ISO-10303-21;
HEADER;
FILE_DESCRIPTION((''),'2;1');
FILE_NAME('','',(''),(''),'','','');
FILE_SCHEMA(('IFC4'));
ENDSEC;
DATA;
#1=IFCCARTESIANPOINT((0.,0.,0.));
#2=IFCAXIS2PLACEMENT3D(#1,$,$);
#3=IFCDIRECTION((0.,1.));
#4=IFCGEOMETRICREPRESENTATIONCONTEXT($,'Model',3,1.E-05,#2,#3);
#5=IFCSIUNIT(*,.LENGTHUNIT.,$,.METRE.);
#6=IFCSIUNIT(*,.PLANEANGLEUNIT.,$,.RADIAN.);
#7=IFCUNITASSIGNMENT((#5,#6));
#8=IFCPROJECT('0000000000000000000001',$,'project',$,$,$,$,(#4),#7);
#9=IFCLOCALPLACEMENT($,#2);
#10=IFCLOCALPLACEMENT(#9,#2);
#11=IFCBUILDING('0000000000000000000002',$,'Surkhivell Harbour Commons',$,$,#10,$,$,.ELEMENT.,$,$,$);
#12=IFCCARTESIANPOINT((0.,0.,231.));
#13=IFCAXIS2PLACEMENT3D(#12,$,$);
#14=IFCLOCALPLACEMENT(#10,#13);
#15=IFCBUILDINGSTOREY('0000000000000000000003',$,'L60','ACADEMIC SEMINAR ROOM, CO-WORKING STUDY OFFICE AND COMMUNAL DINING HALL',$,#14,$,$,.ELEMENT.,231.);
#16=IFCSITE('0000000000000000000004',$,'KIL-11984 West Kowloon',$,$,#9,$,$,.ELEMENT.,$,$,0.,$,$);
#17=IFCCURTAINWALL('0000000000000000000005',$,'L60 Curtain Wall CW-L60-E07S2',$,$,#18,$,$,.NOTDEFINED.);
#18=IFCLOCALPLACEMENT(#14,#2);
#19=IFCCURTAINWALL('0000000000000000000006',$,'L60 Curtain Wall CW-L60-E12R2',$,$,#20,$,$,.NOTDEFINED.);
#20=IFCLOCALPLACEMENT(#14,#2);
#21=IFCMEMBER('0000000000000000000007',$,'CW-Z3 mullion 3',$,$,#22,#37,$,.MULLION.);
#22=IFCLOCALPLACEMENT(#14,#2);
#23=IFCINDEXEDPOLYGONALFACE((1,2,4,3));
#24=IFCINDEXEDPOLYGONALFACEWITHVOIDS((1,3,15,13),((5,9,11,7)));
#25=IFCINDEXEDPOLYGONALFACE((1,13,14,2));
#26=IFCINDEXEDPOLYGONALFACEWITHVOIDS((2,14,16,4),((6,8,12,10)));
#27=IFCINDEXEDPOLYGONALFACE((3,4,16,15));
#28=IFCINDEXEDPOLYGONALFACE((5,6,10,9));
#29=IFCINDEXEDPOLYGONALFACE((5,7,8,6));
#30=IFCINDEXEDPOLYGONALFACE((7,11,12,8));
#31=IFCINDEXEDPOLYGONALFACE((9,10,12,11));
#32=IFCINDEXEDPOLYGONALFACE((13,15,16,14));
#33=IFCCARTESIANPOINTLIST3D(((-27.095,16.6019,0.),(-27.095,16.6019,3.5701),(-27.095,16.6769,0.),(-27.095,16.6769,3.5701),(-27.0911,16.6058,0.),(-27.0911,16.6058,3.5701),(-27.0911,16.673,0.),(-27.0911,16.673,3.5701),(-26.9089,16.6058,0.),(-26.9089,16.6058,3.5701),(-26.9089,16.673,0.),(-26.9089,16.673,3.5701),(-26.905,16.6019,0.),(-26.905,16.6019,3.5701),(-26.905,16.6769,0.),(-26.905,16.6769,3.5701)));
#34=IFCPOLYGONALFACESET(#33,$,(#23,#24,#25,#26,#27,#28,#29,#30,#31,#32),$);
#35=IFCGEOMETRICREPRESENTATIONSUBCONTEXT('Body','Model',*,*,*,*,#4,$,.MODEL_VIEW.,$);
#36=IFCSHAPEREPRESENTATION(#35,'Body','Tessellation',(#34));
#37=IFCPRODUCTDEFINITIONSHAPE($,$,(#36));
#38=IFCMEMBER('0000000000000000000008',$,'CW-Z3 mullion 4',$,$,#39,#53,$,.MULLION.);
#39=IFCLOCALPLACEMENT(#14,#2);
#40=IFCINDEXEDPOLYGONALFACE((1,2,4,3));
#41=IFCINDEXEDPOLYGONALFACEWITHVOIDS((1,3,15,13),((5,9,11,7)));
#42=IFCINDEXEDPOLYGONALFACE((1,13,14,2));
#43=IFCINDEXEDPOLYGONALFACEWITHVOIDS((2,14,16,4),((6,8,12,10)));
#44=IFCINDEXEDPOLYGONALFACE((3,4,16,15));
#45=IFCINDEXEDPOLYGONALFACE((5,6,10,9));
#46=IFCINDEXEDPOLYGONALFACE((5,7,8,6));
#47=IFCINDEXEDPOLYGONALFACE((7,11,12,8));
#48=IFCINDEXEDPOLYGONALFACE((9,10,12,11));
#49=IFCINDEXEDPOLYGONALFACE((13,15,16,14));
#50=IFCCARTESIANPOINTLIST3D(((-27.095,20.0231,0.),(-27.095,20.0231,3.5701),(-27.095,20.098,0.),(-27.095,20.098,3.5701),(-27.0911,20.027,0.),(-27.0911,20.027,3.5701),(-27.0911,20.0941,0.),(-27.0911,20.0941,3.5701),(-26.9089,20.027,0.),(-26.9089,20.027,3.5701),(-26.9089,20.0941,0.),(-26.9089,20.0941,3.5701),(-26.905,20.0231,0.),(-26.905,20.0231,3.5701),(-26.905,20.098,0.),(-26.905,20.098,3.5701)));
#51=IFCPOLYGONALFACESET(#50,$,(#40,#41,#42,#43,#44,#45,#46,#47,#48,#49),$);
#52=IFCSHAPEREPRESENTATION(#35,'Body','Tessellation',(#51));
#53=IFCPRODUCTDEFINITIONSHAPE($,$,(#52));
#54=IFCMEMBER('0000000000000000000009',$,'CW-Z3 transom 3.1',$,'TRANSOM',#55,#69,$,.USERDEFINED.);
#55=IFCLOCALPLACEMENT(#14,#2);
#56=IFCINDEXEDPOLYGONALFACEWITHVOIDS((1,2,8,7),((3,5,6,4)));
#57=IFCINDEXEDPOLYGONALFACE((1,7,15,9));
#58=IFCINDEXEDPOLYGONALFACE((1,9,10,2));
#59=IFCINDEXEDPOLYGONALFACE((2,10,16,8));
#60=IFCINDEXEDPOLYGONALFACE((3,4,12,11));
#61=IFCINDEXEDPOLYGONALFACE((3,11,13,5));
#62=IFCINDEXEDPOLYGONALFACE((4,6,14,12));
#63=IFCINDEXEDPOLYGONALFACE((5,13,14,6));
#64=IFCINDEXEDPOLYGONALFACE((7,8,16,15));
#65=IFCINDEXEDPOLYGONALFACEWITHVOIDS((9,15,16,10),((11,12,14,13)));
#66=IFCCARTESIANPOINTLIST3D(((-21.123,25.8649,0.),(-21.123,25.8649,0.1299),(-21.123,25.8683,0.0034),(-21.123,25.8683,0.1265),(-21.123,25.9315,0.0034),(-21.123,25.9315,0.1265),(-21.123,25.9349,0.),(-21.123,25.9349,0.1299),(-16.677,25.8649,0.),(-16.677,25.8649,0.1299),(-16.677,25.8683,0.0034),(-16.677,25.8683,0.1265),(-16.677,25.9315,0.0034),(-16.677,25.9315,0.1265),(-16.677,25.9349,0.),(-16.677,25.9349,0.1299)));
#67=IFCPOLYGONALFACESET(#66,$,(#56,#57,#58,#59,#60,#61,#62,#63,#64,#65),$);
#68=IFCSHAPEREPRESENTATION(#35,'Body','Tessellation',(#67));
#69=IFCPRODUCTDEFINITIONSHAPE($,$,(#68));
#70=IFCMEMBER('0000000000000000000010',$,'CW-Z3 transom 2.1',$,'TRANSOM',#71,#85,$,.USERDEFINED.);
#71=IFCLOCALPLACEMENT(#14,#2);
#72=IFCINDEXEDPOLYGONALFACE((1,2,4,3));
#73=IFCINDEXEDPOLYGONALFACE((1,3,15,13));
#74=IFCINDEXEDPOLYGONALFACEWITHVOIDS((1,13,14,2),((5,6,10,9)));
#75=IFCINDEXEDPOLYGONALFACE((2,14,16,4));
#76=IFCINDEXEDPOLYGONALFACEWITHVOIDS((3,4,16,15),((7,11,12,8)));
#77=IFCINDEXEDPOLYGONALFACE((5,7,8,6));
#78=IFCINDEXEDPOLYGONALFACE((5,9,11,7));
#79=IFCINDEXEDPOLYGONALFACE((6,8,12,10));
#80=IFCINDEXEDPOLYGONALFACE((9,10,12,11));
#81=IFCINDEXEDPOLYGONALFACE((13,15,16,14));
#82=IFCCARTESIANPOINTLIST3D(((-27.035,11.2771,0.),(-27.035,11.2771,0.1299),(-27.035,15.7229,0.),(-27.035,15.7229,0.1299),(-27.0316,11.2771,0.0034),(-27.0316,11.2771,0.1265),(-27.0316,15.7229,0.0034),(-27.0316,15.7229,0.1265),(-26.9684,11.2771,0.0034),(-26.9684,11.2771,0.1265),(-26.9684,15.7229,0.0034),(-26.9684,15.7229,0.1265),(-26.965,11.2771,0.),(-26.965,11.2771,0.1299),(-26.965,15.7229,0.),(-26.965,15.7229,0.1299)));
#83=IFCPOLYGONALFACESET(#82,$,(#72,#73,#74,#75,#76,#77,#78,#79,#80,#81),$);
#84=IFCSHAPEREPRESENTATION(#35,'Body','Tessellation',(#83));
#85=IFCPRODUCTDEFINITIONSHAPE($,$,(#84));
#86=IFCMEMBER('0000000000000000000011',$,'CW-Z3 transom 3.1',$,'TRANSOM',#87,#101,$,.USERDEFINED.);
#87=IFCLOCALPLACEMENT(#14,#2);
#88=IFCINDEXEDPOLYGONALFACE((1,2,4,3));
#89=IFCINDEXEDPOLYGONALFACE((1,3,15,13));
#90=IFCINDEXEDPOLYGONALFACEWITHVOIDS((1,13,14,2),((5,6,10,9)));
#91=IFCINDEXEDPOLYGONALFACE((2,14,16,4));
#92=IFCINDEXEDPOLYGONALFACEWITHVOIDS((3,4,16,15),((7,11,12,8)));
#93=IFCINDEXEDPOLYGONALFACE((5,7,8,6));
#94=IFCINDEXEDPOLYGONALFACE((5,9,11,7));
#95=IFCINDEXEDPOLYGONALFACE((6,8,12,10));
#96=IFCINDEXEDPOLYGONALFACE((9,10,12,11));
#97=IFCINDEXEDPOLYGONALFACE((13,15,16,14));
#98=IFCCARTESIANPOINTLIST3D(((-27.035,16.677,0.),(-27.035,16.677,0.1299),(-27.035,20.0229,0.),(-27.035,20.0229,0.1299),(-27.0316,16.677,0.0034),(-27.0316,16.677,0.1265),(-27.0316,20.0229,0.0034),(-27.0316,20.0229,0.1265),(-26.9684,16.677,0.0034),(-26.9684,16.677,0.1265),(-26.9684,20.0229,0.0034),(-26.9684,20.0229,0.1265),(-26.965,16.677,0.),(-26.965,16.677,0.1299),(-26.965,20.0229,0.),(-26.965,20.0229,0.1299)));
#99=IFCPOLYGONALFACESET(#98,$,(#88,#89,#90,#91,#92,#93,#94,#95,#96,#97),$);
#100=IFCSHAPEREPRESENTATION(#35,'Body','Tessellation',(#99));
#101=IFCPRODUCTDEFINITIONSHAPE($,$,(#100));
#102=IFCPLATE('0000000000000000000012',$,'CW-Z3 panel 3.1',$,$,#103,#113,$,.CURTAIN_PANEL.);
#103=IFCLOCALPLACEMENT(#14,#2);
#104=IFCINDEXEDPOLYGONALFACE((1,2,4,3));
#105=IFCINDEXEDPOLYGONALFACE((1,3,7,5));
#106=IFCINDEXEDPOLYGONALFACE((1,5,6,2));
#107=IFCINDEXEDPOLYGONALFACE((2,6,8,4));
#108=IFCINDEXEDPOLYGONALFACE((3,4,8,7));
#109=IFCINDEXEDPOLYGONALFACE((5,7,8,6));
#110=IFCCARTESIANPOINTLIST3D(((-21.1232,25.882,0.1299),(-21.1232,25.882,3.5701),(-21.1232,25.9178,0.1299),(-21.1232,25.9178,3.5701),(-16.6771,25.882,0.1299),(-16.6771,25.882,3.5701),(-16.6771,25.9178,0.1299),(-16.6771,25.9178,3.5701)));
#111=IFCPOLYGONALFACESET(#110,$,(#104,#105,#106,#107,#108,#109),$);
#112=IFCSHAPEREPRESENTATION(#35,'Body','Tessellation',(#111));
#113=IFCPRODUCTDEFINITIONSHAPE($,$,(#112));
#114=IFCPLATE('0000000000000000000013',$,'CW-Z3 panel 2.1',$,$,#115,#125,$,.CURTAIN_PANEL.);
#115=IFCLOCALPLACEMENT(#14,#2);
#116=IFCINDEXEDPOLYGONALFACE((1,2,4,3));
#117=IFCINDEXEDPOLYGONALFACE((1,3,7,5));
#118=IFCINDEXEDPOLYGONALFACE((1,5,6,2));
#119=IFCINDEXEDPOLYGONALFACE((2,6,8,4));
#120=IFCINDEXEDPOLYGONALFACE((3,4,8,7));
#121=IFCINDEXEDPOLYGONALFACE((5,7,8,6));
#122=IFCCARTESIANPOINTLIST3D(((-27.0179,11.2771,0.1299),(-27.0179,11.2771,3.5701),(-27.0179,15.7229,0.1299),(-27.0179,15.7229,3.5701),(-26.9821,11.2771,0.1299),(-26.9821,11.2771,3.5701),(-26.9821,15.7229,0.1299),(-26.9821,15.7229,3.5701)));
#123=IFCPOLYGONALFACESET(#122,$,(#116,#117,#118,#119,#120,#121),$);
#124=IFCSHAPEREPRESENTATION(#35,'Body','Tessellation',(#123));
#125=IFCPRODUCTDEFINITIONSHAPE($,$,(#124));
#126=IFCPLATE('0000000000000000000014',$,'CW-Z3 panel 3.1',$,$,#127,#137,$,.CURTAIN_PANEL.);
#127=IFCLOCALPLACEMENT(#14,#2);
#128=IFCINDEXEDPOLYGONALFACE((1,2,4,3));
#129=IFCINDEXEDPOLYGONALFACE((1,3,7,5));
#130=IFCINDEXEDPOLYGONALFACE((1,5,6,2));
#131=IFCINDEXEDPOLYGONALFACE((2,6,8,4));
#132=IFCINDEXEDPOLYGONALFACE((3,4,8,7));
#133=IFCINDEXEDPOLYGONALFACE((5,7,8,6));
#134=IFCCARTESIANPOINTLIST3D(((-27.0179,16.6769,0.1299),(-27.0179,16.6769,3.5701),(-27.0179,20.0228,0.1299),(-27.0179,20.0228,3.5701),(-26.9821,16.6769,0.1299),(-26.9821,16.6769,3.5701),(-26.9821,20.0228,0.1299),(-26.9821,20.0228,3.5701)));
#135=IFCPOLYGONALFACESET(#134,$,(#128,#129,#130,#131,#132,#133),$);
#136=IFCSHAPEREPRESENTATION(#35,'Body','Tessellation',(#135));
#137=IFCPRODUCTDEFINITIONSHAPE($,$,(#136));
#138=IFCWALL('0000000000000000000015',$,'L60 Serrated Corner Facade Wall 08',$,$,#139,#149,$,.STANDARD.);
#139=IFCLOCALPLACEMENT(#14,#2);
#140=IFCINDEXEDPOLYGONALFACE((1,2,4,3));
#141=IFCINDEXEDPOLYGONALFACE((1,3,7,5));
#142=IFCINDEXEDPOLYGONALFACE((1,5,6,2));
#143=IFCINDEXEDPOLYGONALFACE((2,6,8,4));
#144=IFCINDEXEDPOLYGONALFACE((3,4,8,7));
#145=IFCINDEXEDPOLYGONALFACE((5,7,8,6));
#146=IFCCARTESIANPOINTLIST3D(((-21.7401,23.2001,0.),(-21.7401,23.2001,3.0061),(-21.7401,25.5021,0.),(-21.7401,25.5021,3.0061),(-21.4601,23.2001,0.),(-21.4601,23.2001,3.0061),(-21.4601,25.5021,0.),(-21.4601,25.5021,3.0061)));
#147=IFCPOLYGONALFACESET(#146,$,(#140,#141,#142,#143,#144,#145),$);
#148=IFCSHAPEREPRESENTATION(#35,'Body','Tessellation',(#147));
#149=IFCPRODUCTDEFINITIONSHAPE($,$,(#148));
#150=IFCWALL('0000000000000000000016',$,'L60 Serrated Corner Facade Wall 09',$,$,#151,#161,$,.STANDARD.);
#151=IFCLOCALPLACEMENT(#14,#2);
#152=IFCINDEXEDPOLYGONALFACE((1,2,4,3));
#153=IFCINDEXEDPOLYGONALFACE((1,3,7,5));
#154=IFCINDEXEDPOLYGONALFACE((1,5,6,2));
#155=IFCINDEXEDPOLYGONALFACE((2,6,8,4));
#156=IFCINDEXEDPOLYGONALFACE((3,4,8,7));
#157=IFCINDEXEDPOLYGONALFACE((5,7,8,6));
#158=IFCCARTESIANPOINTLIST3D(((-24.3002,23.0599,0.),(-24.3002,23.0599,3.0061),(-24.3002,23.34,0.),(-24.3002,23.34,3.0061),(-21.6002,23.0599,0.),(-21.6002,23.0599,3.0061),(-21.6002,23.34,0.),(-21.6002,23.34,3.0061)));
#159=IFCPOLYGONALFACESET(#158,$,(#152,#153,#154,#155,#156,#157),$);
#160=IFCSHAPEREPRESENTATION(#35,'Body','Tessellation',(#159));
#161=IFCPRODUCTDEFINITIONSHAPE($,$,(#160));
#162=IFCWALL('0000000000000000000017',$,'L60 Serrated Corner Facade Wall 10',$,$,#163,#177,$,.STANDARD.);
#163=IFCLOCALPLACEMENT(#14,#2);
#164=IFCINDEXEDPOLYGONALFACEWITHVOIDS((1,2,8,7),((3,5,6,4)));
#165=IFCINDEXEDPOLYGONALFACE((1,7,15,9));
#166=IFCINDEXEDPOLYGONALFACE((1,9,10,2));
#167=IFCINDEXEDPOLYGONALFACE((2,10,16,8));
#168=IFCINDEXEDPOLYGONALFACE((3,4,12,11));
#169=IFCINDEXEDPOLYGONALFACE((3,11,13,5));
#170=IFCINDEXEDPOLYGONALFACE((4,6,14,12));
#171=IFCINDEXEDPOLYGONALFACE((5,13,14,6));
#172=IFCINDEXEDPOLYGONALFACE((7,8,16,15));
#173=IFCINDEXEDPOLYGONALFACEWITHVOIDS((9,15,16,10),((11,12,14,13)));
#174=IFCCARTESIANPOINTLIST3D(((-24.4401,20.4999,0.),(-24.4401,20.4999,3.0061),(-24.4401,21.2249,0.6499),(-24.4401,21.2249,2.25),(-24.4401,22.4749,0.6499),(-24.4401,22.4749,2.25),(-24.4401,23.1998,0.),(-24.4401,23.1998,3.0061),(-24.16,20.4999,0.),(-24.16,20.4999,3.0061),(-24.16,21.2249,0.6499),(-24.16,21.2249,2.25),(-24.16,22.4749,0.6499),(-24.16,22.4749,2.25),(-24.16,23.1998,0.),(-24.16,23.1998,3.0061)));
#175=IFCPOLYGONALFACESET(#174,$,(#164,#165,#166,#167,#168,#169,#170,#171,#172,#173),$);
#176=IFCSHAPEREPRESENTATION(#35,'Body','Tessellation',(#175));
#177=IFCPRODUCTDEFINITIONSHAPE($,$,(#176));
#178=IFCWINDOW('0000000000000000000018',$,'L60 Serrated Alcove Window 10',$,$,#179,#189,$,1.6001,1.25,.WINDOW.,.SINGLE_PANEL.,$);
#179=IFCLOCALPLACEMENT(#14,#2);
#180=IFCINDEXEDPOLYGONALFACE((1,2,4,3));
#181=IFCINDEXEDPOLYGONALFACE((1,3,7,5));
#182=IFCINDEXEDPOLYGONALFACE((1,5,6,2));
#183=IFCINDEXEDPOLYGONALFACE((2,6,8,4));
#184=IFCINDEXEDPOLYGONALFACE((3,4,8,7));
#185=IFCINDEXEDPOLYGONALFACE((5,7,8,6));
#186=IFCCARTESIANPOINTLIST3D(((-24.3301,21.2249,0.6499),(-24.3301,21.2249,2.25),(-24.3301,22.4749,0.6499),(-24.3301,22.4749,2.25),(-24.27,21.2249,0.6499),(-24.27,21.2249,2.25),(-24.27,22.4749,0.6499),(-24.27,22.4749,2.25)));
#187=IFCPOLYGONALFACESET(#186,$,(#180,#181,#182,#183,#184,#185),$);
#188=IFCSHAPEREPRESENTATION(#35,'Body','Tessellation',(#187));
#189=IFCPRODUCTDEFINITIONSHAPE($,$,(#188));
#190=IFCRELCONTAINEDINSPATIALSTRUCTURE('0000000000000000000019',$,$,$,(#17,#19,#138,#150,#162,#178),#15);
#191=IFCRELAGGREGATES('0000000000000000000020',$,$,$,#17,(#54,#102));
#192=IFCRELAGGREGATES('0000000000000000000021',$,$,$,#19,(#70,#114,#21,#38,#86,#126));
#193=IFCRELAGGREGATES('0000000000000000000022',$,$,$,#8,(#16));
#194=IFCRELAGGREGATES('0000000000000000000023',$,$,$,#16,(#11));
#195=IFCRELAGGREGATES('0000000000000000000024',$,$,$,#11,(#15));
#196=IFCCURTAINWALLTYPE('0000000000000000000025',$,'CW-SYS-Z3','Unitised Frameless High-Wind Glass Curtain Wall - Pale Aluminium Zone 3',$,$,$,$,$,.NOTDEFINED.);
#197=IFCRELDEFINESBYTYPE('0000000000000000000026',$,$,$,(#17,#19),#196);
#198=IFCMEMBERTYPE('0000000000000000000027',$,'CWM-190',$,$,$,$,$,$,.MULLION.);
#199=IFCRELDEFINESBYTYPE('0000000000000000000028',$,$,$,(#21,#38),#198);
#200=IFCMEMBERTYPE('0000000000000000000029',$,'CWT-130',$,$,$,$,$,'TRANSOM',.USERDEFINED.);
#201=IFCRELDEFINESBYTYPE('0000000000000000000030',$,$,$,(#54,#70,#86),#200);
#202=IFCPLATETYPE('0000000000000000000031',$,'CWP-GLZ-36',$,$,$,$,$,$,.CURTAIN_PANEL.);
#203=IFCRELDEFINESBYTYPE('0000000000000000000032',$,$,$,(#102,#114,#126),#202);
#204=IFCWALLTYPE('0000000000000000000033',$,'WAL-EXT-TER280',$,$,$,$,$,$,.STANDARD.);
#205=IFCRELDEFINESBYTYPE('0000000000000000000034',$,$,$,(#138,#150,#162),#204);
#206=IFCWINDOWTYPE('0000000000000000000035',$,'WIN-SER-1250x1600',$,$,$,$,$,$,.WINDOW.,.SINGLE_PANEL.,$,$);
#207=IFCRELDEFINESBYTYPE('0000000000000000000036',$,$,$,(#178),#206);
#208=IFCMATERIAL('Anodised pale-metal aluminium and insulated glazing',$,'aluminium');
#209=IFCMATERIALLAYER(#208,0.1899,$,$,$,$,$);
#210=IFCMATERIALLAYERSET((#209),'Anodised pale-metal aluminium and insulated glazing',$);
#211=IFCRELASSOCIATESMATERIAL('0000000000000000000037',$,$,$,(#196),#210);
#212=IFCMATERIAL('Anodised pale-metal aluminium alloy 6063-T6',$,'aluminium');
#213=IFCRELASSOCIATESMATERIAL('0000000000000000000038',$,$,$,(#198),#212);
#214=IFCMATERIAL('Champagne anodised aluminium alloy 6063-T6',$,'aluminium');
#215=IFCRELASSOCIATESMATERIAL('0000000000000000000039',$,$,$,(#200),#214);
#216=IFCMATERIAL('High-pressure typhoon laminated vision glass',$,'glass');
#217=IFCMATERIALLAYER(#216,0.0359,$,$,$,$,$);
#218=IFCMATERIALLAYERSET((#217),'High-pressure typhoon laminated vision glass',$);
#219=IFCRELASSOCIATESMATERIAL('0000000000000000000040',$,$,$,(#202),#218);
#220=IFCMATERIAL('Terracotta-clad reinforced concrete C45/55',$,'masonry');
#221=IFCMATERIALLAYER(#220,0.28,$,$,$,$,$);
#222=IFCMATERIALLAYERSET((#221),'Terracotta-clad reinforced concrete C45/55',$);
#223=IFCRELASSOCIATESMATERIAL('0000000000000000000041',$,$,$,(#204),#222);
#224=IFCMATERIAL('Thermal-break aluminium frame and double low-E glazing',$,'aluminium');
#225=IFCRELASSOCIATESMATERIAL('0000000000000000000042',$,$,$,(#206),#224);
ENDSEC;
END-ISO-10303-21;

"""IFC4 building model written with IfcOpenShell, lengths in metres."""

from ifc_helpers import new_model, si_unit, direction, frame, frame_2d, origin, origin_2d, place, context, subcontext, project, spatial, rectangle, hollow_rectangle, extrude, material, layer, layer_set, material_profile, profile_set, type_object, element, fill, aggregate, save


model = new_model("IFC4")

# Units and contexts
model_context = context("Model", 3, precision=1e-05, world=origin(), true_north=direction((0.0, 1.0)))
body_context = subcontext(model_context, "Body", "Model", "MODEL_VIEW")
ifc_project = project(units=[si_unit("LENGTHUNIT", "METRE"), si_unit("PLANEANGLEUNIT", "RADIAN")], contexts=[model_context])

# Site, building, storey
site_placement = place(None, origin())
site = spatial("IfcSite", under=ifc_project, at=site_placement, Name="KIL-11984 West Kowloon", CompositionType="ELEMENT", RefElevation=0.0)
building_placement = place(site_placement, origin())
building = spatial("IfcBuilding", under=site, at=building_placement, Name="Surkhivell Harbour Commons", CompositionType="ELEMENT")
storey_placement = place(building_placement, frame((0.0, 0.0, 231.0)))
storey = spatial("IfcBuildingStorey", under=building, at=storey_placement, Name="L60", Description="ACADEMIC SEMINAR ROOM, CO-WORKING STUDY OFFICE AND COMMUNAL DINING HALL", CompositionType="ELEMENT", Elevation=231.0)

# Curtain walls, members
ifc_material_1 = material(Name="Anodised pale-metal aluminium and insulated glazing", Category="aluminium")
ifc_layer_1 = layer(ifc_material_1, 0.1899)
ifc_layer_set_1 = layer_set([ifc_layer_1], Name="Anodised pale-metal aluminium and insulated glazing")
curtain_wall_type = type_object("IfcCurtainWallType", Name="CW-SYS-Z3", Description="Unitised Frameless High-Wind Glass Curtain Wall - Pale Aluminium Zone 3", PredefinedType="NOTDEFINED", material=ifc_layer_set_1)
curtain_wall_1_placement = place(storey_placement, origin())
curtain_wall_1 = element("IfcCurtainWall", 1, at=curtain_wall_1_placement, inside=storey, type_object=curtain_wall_type, Name="L60 Curtain Wall CW-L60-E07S2", PredefinedType="NOTDEFINED")
ifc_material_2 = material(Name="Anodised pale-metal aluminium alloy 6063-T6", Category="aluminium")
ifc_material_profile_1 = material_profile(ifc_material_2, hollow_rectangle(XDim=0.075, YDim=0.1899, WallThickness=0.0039, at=origin_2d()), Name="ALU-MULL-75x190")
ifc_profile_set_1 = profile_set([ifc_material_profile_1], Name="Anodised pale-metal aluminium alloy 6063-T6")
member_type_1 = type_object("IfcMemberType", Name="CWM-190", PredefinedType="MULLION", material=ifc_profile_set_1)
curtain_wall_2_placement = place(storey_placement, origin())
curtain_wall_2 = element("IfcCurtainWall", 2, at=curtain_wall_2_placement, inside=storey, type_object=curtain_wall_type, Name="L60 Curtain Wall CW-L60-E12R2", PredefinedType="NOTDEFINED")
member_1_placement = place(storey_placement, frame((-27.0, 16.6394, 0.0), z_axis=(0.0, 0.0, 1.0), x_axis=(0.0, 1.0, 0.0)))
member_1 = element("IfcMember", 3, at=member_1_placement, type_object=member_type_1, Name="CW-Z3 mullion 3", PredefinedType="MULLION", context=body_context, shape_type="SweptSolid", body=[
    extrude(hollow_rectangle(XDim=0.075, YDim=0.1899, WallThickness=0.0039, at=origin_2d()), origin(), (0.0, 0.0, 1.0), 3.5701),
])
member_2_placement = place(storey_placement, frame((-27.0, 20.0605, 0.0), z_axis=(0.0, 0.0, 1.0), x_axis=(0.0, 1.0, 0.0)))
member_2 = element("IfcMember", 4, at=member_2_placement, type_object=member_type_1, Name="CW-Z3 mullion 4", PredefinedType="MULLION", context=body_context, shape_type="SweptSolid", body=[
    extrude(hollow_rectangle(XDim=0.075, YDim=0.1899, WallThickness=0.0039, at=origin_2d()), origin(), (0.0, 0.0, 1.0), 3.5701),
])

# Members
ifc_material_3 = material(Name="Champagne anodised aluminium alloy 6063-T6", Category="aluminium")
ifc_material_profile_2 = material_profile(ifc_material_3, hollow_rectangle(XDim=0.0701, YDim=0.1299, WallThickness=0.0034, at=origin_2d()), Name="ALU-TRAN-70x130")
ifc_profile_set_2 = profile_set([ifc_material_profile_2], Name="Champagne anodised aluminium alloy 6063-T6")
member_type_2 = type_object("IfcMemberType", Name="CWT-130", ElementType="TRANSOM", PredefinedType="USERDEFINED", material=ifc_profile_set_2)
member_3_placement = place(storey_placement, frame((-16.677, 25.8999, 0.0649), z_axis=(-1.0, 0.0, 0.0), x_axis=(0.0, -1.0, 0.0)))
member_3 = element("IfcMember", 5, at=member_3_placement, type_object=member_type_2, Name="CW-Z3 transom 3.1", ObjectType="TRANSOM", PredefinedType="USERDEFINED", context=body_context, shape_type="SweptSolid", body=[
    extrude(hollow_rectangle(XDim=0.0701, YDim=0.1299, WallThickness=0.0034, at=origin_2d()), origin(), (0.0, 0.0, 1.0), 4.446),
])
member_4_placement = place(storey_placement, frame((-27.0, 11.2771, 0.0649), z_axis=(0.0, 1.0, 0.0), x_axis=(-1.0, 0.0, 0.0)))
member_4 = element("IfcMember", 6, at=member_4_placement, type_object=member_type_2, Name="CW-Z3 transom 2.1", ObjectType="TRANSOM", PredefinedType="USERDEFINED", context=body_context, shape_type="SweptSolid", body=[
    extrude(hollow_rectangle(XDim=0.0701, YDim=0.1299, WallThickness=0.0034, at=origin_2d()), origin(), (0.0, 0.0, 1.0), 4.4458),
])
member_5_placement = place(storey_placement, frame((-27.0, 16.677, 0.0649), z_axis=(0.0, 1.0, 0.0), x_axis=(-1.0, 0.0, 0.0)))
member_5 = element("IfcMember", 7, at=member_5_placement, type_object=member_type_2, Name="CW-Z3 transom 3.1", ObjectType="TRANSOM", PredefinedType="USERDEFINED", context=body_context, shape_type="SweptSolid", body=[
    extrude(hollow_rectangle(XDim=0.0701, YDim=0.1299, WallThickness=0.0034, at=origin_2d()), origin(), (0.0, 0.0, 1.0), 3.3459),
])

# Plates
ifc_material_4 = material(Name="High-pressure typhoon laminated vision glass", Category="glass")
ifc_layer_2 = layer(ifc_material_4, 0.0359)
ifc_layer_set_2 = layer_set([ifc_layer_2], Name="High-pressure typhoon laminated vision glass")
plate_type = type_object("IfcPlateType", Name="CWP-GLZ-36", PredefinedType="CURTAIN_PANEL", material=ifc_layer_set_2)
plate_1_placement = place(storey_placement, frame((-16.677, 25.8999, 0.1299), z_axis=(0.0, 0.0, 1.0), x_axis=(-1.0, 0.0, 0.0)))
plate_1 = element("IfcPlate", 8, at=plate_1_placement, type_object=plate_type, Name="CW-Z3 panel 3.1", PredefinedType="CURTAIN_PANEL", context=body_context, shape_type="SweptSolid", body=[
    extrude(rectangle(XDim=4.446, YDim=0.0359, at=frame_2d((2.2231, 0.0))), origin(), (0.0, 0.0, 1.0), 3.4402),
])
aggregate(curtain_wall_1, [member_3, plate_1])
plate_2_placement = place(storey_placement, frame((-27.0, 11.2771, 0.1299), z_axis=(0.0, 0.0, 1.0), x_axis=(0.0, 1.0, 0.0)))
plate_2 = element("IfcPlate", 9, at=plate_2_placement, type_object=plate_type, Name="CW-Z3 panel 2.1", PredefinedType="CURTAIN_PANEL", context=body_context, shape_type="SweptSolid", body=[
    extrude(rectangle(XDim=4.4458, YDim=0.0359, at=frame_2d((2.2229, 0.0))), origin(), (0.0, 0.0, 1.0), 3.4402),
])
plate_3_placement = place(storey_placement, frame((-27.0, 16.677, 0.1299), z_axis=(0.0, 0.0, 1.0), x_axis=(0.0, 1.0, 0.0)))
plate_3 = element("IfcPlate", 10, at=plate_3_placement, type_object=plate_type, Name="CW-Z3 panel 3.1", PredefinedType="CURTAIN_PANEL", context=body_context, shape_type="SweptSolid", body=[
    extrude(rectangle(XDim=3.3459, YDim=0.0359, at=frame_2d((1.6729, 0.0))), origin(), (0.0, 0.0, 1.0), 3.4402),
])
aggregate(curtain_wall_2, [member_4, plate_2, member_1, member_2, member_5, plate_3])

# Walls
ifc_material_5 = material(Name="Terracotta-clad reinforced concrete C45/55", Category="masonry")
ifc_layer_3 = layer(ifc_material_5, 0.28)
ifc_layer_set_3 = layer_set([ifc_layer_3], Name="Terracotta-clad reinforced concrete C45/55")
wall_type = type_object("IfcWallType", Name="WAL-EXT-TER280", PredefinedType="STANDARD", material=ifc_layer_set_3)
wall_1_placement = place(storey_placement, frame((-21.6001, 25.502, 0.0), z_axis=(0.0, 0.0, 1.0), x_axis=(0.0, -1.0, 0.0)))
element("IfcWall", 11, at=wall_1_placement, inside=storey, type_object=wall_type, Name="L60 Serrated Corner Facade Wall 08", PredefinedType="STANDARD", context=body_context, shape_type="SweptSolid", body=[
    extrude(rectangle(XDim=2.302, YDim=0.28, at=frame_2d((1.1509, 0.0))), origin(), (0.0, 0.0, 1.0), 3.0061),
])
wall_2_placement = place(storey_placement, frame((-21.6001, 23.2, 0.0), z_axis=(0.0, 0.0, 1.0), x_axis=(-1.0, 0.0, 0.0)))
element("IfcWall", 12, at=wall_2_placement, inside=storey, type_object=wall_type, Name="L60 Serrated Corner Facade Wall 09", PredefinedType="STANDARD", context=body_context, shape_type="SweptSolid", body=[
    extrude(rectangle(XDim=2.7, YDim=0.28, at=frame_2d((1.3501, 0.0))), origin(), (0.0, 0.0, 1.0), 3.0061),
])

# Wall, opening, window
wall_3_placement = place(storey_placement, frame((-24.3, 23.2, 0.0), z_axis=(0.0, 0.0, 1.0), x_axis=(0.0, -1.0, 0.0)))
wall_3 = element("IfcWall", 13, at=wall_3_placement, inside=storey, type_object=wall_type, Name="L60 Serrated Corner Facade Wall 10", PredefinedType="STANDARD", context=body_context, shape_type="SweptSolid", body=[
    extrude(rectangle(XDim=2.7, YDim=0.28, at=frame_2d((1.3501, 0.0))), origin(), (0.0, 0.0, 1.0), 3.0061),
])
opening_placement = place(wall_3_placement, frame((0.7251, 0.0, 0.6499)))
opening = element("IfcOpeningElement", 14, at=opening_placement, cuts=wall_3, PredefinedType="OPENING", context=body_context, shape_type="SweptSolid", body=[
    extrude(rectangle(XDim=1.25, YDim=1.6001, at=frame_2d((0.625, 0.8))), frame((0.0, 0.1499, 0.0), z_axis=(0.0, -1.0, 0.0), x_axis=(1.0, 0.0, 0.0)), (0.0, 0.0, 1.0), 0.3),
])
ifc_material_6 = material(Name="Thermal-break aluminium frame and double low-E glazing", Category="aluminium")
window_type = type_object("IfcWindowType", Name="WIN-SER-1250x1600", PartitioningType="SINGLE_PANEL", PredefinedType="WINDOW", material=ifc_material_6)
window_placement = place(opening_placement, origin())
window = element("IfcWindow", 15, at=window_placement, inside=storey, type_object=window_type, Name="L60 Serrated Alcove Window 10", OverallHeight=1.6001, OverallWidth=1.25, PartitioningType="SINGLE_PANEL", PredefinedType="WINDOW", context=body_context, shape_type="SweptSolid", body=[
    extrude(rectangle(XDim=1.25, YDim=1.6001, at=frame_2d((0.625, 0.8))), frame((0.0, 0.03, 0.0), z_axis=(0.0, -1.0, 0.0), x_axis=(1.0, 0.0, 0.0)), (0.0, 0.0, 1.0), 0.0601),
])
fill(opening, window)

save(model, "model.ifc")
